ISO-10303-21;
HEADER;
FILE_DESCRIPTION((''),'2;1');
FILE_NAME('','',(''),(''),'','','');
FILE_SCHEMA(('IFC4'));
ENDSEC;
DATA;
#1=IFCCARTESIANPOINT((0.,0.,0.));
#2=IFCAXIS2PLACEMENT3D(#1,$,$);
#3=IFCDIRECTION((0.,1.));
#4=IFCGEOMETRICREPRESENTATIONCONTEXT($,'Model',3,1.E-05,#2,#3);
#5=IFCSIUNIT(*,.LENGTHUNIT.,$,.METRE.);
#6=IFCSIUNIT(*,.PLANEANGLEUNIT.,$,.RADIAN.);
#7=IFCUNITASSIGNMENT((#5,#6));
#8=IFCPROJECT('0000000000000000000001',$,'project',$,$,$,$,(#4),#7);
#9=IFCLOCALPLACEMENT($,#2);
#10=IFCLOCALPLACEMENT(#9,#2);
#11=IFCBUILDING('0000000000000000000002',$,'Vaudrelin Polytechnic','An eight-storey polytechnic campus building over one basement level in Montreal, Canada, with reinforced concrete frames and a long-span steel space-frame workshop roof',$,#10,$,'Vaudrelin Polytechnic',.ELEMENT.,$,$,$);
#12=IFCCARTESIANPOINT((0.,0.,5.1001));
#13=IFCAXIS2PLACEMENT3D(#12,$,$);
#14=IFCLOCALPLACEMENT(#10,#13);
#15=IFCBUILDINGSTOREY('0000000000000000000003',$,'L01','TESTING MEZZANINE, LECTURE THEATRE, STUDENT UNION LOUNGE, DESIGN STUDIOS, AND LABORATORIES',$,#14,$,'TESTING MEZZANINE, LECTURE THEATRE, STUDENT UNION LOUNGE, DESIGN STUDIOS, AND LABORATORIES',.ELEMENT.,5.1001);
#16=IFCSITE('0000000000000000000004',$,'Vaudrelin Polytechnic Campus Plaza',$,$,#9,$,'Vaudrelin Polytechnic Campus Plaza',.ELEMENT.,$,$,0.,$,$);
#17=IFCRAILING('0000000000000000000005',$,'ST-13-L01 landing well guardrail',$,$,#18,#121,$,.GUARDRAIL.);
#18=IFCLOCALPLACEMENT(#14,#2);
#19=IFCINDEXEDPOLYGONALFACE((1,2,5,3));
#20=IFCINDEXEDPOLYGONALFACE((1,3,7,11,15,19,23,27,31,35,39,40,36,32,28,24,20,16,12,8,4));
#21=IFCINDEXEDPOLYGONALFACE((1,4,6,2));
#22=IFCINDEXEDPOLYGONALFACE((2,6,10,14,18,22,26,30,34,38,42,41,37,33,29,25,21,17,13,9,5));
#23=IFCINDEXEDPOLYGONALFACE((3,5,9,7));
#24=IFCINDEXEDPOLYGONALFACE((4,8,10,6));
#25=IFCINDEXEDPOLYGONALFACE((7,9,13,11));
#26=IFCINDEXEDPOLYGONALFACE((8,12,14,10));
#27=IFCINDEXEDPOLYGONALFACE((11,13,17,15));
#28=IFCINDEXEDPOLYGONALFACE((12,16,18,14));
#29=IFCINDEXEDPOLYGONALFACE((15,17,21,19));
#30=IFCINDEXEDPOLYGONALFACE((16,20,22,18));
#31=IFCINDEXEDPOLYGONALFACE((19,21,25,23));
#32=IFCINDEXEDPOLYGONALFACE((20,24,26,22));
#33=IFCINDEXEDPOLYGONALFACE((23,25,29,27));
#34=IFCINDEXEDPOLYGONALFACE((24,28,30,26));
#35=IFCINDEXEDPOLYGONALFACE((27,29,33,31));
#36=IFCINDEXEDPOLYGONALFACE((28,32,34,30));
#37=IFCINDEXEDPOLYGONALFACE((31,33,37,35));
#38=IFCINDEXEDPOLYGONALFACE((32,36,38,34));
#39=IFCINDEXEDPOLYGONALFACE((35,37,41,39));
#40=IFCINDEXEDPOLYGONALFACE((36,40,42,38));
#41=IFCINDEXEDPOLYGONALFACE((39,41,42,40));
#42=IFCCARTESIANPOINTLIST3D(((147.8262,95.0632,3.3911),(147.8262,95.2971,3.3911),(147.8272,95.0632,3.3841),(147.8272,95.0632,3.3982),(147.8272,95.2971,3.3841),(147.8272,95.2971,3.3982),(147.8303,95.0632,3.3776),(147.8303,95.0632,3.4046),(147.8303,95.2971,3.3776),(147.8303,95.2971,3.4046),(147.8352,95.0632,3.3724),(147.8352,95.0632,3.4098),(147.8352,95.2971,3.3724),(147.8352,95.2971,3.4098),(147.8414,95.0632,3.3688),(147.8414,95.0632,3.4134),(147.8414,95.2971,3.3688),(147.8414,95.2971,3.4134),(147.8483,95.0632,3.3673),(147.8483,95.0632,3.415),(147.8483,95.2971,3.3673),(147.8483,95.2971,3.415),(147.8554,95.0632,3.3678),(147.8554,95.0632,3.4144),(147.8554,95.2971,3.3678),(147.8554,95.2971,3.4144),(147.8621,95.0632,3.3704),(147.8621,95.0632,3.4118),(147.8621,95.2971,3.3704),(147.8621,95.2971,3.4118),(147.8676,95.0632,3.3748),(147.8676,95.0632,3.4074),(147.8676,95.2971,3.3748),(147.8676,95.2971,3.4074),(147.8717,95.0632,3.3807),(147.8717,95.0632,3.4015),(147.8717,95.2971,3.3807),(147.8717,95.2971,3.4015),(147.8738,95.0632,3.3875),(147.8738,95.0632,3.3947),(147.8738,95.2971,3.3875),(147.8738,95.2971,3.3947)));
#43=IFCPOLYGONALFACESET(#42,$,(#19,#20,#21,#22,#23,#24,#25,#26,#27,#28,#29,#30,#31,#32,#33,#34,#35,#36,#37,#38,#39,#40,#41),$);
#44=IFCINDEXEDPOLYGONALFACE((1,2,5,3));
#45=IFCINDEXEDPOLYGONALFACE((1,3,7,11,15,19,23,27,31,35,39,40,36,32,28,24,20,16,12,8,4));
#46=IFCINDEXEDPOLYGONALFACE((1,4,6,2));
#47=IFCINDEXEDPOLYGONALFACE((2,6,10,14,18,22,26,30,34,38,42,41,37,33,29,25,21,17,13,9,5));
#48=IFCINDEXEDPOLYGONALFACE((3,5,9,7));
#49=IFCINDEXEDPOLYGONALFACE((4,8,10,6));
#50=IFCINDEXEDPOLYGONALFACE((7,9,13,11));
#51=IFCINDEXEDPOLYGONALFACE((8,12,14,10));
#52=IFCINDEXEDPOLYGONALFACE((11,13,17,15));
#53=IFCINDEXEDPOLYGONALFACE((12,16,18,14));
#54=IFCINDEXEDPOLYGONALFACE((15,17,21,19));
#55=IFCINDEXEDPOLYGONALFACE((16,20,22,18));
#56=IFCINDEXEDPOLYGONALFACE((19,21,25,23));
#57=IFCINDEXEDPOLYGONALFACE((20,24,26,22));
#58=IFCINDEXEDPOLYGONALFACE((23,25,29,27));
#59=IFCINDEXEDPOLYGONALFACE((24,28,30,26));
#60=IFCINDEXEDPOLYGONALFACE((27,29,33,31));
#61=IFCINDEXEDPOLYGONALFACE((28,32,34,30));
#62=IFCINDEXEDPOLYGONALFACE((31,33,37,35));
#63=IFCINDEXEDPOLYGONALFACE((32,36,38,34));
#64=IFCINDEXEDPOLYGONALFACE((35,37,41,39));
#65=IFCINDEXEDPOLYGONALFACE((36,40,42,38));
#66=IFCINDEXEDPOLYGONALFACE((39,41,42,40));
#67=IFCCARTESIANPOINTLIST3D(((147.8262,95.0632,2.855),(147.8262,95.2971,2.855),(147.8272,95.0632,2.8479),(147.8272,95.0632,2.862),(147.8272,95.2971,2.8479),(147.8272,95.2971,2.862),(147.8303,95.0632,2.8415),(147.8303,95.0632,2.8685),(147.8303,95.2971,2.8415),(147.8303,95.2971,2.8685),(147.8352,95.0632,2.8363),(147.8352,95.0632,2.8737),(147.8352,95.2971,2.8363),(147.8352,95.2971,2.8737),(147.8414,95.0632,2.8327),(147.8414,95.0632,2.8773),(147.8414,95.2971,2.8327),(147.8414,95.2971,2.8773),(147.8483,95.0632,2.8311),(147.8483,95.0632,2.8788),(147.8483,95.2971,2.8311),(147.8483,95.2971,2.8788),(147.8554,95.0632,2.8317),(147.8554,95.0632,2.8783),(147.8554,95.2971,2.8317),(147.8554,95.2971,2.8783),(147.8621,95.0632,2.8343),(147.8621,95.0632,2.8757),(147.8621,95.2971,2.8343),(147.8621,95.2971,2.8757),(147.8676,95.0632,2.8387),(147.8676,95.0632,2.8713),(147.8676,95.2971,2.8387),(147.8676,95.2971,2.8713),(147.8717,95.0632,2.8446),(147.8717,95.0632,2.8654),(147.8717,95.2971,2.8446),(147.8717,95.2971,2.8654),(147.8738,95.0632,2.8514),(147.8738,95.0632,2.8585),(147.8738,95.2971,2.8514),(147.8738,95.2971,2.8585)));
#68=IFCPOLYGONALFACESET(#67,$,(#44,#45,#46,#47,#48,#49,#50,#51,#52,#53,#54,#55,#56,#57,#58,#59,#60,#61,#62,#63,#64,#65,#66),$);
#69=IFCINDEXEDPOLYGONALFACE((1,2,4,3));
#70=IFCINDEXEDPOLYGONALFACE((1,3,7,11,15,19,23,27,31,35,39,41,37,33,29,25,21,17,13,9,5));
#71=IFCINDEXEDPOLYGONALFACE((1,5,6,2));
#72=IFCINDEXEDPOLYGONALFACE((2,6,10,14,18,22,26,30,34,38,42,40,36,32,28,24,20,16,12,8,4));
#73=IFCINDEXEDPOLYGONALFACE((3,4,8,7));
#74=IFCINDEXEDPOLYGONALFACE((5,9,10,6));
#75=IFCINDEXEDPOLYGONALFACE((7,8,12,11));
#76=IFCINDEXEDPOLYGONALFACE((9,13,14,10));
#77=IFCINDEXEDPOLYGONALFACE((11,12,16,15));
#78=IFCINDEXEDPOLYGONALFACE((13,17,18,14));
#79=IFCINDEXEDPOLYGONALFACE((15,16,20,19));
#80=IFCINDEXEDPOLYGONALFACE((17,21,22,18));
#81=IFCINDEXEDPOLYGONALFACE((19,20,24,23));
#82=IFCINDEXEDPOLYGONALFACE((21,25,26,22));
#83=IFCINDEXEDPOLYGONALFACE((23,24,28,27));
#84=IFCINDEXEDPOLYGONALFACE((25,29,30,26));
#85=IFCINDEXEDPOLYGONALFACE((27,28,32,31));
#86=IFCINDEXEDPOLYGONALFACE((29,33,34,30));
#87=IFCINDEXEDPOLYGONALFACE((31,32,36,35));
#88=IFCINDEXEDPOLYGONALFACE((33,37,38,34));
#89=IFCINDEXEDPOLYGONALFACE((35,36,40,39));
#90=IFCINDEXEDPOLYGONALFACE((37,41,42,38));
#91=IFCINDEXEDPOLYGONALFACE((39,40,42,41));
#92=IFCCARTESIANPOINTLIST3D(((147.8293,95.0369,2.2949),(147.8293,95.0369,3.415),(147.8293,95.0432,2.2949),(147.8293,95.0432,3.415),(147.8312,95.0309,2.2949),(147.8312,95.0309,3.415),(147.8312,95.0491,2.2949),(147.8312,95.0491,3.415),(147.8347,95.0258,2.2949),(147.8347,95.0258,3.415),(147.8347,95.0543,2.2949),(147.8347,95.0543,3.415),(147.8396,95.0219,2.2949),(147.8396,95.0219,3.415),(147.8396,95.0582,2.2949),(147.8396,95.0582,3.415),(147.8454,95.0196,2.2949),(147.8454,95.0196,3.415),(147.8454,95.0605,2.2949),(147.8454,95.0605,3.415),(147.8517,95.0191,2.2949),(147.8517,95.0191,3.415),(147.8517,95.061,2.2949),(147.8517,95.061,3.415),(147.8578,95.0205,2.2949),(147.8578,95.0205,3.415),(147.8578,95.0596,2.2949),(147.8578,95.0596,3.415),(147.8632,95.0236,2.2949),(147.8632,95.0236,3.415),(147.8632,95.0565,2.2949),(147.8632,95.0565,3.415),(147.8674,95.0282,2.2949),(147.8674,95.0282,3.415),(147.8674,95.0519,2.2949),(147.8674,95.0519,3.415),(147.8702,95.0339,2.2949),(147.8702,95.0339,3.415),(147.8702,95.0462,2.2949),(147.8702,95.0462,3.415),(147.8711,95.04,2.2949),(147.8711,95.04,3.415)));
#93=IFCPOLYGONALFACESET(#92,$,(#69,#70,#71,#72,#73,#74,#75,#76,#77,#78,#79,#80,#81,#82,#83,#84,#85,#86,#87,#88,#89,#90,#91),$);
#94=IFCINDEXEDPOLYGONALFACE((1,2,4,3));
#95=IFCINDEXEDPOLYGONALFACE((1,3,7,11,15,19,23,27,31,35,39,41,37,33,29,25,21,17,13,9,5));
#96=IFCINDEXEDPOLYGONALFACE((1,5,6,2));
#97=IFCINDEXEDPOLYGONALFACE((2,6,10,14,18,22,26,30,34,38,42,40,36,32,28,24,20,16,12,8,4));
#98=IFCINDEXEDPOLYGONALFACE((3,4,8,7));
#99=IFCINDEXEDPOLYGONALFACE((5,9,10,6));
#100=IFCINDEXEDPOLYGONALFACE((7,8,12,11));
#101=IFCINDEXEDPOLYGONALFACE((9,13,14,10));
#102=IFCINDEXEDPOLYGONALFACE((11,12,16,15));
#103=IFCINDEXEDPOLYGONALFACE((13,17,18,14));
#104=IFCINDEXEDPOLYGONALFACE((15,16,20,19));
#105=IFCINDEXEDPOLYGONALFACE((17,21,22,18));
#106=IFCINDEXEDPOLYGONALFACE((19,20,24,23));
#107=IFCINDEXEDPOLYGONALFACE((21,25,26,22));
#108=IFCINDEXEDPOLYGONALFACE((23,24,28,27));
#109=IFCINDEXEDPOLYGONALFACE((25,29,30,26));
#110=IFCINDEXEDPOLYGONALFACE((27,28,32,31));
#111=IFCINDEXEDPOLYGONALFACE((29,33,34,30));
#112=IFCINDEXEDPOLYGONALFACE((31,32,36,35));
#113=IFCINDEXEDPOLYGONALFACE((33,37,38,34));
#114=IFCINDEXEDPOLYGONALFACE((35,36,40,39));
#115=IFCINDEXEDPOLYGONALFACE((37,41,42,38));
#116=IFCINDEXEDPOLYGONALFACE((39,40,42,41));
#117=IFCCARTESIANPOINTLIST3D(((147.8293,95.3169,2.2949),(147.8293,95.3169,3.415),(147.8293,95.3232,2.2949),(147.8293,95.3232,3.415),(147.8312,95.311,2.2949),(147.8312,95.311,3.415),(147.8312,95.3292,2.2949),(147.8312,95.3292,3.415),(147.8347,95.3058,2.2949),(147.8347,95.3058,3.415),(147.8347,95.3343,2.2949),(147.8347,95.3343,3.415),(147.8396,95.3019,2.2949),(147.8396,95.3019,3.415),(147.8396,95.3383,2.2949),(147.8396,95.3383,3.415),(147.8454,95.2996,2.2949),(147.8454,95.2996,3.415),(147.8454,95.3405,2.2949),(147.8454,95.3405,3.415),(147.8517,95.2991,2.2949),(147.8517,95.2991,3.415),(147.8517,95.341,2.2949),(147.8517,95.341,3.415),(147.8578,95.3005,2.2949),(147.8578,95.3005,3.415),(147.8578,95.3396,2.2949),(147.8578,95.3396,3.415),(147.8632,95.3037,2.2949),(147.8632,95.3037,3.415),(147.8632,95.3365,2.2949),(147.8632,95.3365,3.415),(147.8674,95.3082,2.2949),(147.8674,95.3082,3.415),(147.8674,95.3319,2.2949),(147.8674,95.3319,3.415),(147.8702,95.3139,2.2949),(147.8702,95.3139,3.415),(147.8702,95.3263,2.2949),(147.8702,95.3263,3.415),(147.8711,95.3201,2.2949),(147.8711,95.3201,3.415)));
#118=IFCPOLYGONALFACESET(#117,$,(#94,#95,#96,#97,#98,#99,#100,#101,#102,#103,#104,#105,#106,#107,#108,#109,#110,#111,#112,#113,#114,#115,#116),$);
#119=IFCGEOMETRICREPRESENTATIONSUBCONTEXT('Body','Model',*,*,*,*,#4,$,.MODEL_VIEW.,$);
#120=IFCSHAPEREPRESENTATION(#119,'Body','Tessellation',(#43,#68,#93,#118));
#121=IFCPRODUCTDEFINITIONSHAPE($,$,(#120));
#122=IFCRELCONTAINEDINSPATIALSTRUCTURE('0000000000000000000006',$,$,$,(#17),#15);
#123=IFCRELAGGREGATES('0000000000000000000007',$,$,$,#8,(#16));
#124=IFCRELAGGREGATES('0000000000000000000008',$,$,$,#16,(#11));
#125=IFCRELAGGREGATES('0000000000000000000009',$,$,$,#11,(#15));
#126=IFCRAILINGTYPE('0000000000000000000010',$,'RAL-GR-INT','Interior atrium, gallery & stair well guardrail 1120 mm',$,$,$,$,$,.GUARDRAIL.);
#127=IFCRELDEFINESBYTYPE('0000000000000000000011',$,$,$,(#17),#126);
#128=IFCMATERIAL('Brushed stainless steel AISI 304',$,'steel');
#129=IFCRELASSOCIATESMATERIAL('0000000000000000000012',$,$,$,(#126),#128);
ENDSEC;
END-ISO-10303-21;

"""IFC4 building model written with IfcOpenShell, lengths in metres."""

from ifc_helpers import new_model, si_unit, direction, frame, origin, origin_2d, place, context, subcontext, project, spatial, circle, extrude, material, type_object, element, save


model = new_model("IFC4")

# Units and contexts
model_context = context("Model", 3, precision=1e-05, world=origin(), true_north=direction((0.0, 1.0)))
body_context = subcontext(model_context, "Body", "Model", "MODEL_VIEW")
ifc_project = project(units=[si_unit("LENGTHUNIT", "METRE"), si_unit("PLANEANGLEUNIT", "RADIAN")], contexts=[model_context])

# Site, building, storey
site_placement = place(None, origin())
site = spatial("IfcSite", under=ifc_project, at=site_placement, Name="Vaudrelin Polytechnic Campus Plaza", LongName="Vaudrelin Polytechnic Campus Plaza", CompositionType="ELEMENT", RefElevation=0.0)
building_placement = place(site_placement, origin())
building = spatial("IfcBuilding", under=site, at=building_placement, Name="Vaudrelin Polytechnic", Description="An eight-storey polytechnic campus building over one basement level in Montreal, Canada, with reinforced concrete frames and a long-span steel space-frame workshop roof", LongName="Vaudrelin Polytechnic", CompositionType="ELEMENT")
storey_placement = place(building_placement, frame((0.0, 0.0, 5.1001)))
storey = spatial("IfcBuildingStorey", under=building, at=storey_placement, Name="L01", Description="TESTING MEZZANINE, LECTURE THEATRE, STUDENT UNION LOUNGE, DESIGN STUDIOS, AND LABORATORIES", LongName="TESTING MEZZANINE, LECTURE THEATRE, STUDENT UNION LOUNGE, DESIGN STUDIOS, AND LABORATORIES", CompositionType="ELEMENT", Elevation=5.1001)

# Railing
ifc_material_1 = material(Name="Brushed stainless steel AISI 304", Category="steel")
railing_type_1 = type_object("IfcRailingType", Name="RAL-GR-INT", Description="Interior atrium, gallery & stair well guardrail 1120 mm", PredefinedType="GUARDRAIL", material=ifc_material_1)
railing_1_placement = place(storey_placement, frame((147.8501, 95.04, 2.2949)))
element("IfcRailing", 1, at=railing_1_placement, inside=storey, type_object=railing_type_1, Name="ST-13-L01 landing well guardrail", PredefinedType="GUARDRAIL", context=body_context, shape_type="SweptSolid", body=[
    extrude(circle(Radius=0.0239, at=origin_2d()), frame((0.0, 0.0232, 1.0962), z_axis=(0.0, 1.0, 0.0), x_axis=(-1.0, 0.0, 0.0)), (0.0, 0.0, 1.0), 0.2339),
    extrude(circle(Radius=0.0239, at=origin_2d()), frame((0.0, 0.0232, 0.5601), z_axis=(0.0, 1.0, 0.0), x_axis=(-1.0, 0.0, 0.0)), (0.0, 0.0, 1.0), 0.2339),
    extrude(circle(Radius=0.021, at=origin_2d()), origin(), (0.0, 0.0, 1.0), 1.1201),
    extrude(circle(Radius=0.021, at=origin_2d()), frame((0.0, 0.28, 0.0)), (0.0, 0.0, 1.0), 1.1201),
])

save(model, "model.ifc")
